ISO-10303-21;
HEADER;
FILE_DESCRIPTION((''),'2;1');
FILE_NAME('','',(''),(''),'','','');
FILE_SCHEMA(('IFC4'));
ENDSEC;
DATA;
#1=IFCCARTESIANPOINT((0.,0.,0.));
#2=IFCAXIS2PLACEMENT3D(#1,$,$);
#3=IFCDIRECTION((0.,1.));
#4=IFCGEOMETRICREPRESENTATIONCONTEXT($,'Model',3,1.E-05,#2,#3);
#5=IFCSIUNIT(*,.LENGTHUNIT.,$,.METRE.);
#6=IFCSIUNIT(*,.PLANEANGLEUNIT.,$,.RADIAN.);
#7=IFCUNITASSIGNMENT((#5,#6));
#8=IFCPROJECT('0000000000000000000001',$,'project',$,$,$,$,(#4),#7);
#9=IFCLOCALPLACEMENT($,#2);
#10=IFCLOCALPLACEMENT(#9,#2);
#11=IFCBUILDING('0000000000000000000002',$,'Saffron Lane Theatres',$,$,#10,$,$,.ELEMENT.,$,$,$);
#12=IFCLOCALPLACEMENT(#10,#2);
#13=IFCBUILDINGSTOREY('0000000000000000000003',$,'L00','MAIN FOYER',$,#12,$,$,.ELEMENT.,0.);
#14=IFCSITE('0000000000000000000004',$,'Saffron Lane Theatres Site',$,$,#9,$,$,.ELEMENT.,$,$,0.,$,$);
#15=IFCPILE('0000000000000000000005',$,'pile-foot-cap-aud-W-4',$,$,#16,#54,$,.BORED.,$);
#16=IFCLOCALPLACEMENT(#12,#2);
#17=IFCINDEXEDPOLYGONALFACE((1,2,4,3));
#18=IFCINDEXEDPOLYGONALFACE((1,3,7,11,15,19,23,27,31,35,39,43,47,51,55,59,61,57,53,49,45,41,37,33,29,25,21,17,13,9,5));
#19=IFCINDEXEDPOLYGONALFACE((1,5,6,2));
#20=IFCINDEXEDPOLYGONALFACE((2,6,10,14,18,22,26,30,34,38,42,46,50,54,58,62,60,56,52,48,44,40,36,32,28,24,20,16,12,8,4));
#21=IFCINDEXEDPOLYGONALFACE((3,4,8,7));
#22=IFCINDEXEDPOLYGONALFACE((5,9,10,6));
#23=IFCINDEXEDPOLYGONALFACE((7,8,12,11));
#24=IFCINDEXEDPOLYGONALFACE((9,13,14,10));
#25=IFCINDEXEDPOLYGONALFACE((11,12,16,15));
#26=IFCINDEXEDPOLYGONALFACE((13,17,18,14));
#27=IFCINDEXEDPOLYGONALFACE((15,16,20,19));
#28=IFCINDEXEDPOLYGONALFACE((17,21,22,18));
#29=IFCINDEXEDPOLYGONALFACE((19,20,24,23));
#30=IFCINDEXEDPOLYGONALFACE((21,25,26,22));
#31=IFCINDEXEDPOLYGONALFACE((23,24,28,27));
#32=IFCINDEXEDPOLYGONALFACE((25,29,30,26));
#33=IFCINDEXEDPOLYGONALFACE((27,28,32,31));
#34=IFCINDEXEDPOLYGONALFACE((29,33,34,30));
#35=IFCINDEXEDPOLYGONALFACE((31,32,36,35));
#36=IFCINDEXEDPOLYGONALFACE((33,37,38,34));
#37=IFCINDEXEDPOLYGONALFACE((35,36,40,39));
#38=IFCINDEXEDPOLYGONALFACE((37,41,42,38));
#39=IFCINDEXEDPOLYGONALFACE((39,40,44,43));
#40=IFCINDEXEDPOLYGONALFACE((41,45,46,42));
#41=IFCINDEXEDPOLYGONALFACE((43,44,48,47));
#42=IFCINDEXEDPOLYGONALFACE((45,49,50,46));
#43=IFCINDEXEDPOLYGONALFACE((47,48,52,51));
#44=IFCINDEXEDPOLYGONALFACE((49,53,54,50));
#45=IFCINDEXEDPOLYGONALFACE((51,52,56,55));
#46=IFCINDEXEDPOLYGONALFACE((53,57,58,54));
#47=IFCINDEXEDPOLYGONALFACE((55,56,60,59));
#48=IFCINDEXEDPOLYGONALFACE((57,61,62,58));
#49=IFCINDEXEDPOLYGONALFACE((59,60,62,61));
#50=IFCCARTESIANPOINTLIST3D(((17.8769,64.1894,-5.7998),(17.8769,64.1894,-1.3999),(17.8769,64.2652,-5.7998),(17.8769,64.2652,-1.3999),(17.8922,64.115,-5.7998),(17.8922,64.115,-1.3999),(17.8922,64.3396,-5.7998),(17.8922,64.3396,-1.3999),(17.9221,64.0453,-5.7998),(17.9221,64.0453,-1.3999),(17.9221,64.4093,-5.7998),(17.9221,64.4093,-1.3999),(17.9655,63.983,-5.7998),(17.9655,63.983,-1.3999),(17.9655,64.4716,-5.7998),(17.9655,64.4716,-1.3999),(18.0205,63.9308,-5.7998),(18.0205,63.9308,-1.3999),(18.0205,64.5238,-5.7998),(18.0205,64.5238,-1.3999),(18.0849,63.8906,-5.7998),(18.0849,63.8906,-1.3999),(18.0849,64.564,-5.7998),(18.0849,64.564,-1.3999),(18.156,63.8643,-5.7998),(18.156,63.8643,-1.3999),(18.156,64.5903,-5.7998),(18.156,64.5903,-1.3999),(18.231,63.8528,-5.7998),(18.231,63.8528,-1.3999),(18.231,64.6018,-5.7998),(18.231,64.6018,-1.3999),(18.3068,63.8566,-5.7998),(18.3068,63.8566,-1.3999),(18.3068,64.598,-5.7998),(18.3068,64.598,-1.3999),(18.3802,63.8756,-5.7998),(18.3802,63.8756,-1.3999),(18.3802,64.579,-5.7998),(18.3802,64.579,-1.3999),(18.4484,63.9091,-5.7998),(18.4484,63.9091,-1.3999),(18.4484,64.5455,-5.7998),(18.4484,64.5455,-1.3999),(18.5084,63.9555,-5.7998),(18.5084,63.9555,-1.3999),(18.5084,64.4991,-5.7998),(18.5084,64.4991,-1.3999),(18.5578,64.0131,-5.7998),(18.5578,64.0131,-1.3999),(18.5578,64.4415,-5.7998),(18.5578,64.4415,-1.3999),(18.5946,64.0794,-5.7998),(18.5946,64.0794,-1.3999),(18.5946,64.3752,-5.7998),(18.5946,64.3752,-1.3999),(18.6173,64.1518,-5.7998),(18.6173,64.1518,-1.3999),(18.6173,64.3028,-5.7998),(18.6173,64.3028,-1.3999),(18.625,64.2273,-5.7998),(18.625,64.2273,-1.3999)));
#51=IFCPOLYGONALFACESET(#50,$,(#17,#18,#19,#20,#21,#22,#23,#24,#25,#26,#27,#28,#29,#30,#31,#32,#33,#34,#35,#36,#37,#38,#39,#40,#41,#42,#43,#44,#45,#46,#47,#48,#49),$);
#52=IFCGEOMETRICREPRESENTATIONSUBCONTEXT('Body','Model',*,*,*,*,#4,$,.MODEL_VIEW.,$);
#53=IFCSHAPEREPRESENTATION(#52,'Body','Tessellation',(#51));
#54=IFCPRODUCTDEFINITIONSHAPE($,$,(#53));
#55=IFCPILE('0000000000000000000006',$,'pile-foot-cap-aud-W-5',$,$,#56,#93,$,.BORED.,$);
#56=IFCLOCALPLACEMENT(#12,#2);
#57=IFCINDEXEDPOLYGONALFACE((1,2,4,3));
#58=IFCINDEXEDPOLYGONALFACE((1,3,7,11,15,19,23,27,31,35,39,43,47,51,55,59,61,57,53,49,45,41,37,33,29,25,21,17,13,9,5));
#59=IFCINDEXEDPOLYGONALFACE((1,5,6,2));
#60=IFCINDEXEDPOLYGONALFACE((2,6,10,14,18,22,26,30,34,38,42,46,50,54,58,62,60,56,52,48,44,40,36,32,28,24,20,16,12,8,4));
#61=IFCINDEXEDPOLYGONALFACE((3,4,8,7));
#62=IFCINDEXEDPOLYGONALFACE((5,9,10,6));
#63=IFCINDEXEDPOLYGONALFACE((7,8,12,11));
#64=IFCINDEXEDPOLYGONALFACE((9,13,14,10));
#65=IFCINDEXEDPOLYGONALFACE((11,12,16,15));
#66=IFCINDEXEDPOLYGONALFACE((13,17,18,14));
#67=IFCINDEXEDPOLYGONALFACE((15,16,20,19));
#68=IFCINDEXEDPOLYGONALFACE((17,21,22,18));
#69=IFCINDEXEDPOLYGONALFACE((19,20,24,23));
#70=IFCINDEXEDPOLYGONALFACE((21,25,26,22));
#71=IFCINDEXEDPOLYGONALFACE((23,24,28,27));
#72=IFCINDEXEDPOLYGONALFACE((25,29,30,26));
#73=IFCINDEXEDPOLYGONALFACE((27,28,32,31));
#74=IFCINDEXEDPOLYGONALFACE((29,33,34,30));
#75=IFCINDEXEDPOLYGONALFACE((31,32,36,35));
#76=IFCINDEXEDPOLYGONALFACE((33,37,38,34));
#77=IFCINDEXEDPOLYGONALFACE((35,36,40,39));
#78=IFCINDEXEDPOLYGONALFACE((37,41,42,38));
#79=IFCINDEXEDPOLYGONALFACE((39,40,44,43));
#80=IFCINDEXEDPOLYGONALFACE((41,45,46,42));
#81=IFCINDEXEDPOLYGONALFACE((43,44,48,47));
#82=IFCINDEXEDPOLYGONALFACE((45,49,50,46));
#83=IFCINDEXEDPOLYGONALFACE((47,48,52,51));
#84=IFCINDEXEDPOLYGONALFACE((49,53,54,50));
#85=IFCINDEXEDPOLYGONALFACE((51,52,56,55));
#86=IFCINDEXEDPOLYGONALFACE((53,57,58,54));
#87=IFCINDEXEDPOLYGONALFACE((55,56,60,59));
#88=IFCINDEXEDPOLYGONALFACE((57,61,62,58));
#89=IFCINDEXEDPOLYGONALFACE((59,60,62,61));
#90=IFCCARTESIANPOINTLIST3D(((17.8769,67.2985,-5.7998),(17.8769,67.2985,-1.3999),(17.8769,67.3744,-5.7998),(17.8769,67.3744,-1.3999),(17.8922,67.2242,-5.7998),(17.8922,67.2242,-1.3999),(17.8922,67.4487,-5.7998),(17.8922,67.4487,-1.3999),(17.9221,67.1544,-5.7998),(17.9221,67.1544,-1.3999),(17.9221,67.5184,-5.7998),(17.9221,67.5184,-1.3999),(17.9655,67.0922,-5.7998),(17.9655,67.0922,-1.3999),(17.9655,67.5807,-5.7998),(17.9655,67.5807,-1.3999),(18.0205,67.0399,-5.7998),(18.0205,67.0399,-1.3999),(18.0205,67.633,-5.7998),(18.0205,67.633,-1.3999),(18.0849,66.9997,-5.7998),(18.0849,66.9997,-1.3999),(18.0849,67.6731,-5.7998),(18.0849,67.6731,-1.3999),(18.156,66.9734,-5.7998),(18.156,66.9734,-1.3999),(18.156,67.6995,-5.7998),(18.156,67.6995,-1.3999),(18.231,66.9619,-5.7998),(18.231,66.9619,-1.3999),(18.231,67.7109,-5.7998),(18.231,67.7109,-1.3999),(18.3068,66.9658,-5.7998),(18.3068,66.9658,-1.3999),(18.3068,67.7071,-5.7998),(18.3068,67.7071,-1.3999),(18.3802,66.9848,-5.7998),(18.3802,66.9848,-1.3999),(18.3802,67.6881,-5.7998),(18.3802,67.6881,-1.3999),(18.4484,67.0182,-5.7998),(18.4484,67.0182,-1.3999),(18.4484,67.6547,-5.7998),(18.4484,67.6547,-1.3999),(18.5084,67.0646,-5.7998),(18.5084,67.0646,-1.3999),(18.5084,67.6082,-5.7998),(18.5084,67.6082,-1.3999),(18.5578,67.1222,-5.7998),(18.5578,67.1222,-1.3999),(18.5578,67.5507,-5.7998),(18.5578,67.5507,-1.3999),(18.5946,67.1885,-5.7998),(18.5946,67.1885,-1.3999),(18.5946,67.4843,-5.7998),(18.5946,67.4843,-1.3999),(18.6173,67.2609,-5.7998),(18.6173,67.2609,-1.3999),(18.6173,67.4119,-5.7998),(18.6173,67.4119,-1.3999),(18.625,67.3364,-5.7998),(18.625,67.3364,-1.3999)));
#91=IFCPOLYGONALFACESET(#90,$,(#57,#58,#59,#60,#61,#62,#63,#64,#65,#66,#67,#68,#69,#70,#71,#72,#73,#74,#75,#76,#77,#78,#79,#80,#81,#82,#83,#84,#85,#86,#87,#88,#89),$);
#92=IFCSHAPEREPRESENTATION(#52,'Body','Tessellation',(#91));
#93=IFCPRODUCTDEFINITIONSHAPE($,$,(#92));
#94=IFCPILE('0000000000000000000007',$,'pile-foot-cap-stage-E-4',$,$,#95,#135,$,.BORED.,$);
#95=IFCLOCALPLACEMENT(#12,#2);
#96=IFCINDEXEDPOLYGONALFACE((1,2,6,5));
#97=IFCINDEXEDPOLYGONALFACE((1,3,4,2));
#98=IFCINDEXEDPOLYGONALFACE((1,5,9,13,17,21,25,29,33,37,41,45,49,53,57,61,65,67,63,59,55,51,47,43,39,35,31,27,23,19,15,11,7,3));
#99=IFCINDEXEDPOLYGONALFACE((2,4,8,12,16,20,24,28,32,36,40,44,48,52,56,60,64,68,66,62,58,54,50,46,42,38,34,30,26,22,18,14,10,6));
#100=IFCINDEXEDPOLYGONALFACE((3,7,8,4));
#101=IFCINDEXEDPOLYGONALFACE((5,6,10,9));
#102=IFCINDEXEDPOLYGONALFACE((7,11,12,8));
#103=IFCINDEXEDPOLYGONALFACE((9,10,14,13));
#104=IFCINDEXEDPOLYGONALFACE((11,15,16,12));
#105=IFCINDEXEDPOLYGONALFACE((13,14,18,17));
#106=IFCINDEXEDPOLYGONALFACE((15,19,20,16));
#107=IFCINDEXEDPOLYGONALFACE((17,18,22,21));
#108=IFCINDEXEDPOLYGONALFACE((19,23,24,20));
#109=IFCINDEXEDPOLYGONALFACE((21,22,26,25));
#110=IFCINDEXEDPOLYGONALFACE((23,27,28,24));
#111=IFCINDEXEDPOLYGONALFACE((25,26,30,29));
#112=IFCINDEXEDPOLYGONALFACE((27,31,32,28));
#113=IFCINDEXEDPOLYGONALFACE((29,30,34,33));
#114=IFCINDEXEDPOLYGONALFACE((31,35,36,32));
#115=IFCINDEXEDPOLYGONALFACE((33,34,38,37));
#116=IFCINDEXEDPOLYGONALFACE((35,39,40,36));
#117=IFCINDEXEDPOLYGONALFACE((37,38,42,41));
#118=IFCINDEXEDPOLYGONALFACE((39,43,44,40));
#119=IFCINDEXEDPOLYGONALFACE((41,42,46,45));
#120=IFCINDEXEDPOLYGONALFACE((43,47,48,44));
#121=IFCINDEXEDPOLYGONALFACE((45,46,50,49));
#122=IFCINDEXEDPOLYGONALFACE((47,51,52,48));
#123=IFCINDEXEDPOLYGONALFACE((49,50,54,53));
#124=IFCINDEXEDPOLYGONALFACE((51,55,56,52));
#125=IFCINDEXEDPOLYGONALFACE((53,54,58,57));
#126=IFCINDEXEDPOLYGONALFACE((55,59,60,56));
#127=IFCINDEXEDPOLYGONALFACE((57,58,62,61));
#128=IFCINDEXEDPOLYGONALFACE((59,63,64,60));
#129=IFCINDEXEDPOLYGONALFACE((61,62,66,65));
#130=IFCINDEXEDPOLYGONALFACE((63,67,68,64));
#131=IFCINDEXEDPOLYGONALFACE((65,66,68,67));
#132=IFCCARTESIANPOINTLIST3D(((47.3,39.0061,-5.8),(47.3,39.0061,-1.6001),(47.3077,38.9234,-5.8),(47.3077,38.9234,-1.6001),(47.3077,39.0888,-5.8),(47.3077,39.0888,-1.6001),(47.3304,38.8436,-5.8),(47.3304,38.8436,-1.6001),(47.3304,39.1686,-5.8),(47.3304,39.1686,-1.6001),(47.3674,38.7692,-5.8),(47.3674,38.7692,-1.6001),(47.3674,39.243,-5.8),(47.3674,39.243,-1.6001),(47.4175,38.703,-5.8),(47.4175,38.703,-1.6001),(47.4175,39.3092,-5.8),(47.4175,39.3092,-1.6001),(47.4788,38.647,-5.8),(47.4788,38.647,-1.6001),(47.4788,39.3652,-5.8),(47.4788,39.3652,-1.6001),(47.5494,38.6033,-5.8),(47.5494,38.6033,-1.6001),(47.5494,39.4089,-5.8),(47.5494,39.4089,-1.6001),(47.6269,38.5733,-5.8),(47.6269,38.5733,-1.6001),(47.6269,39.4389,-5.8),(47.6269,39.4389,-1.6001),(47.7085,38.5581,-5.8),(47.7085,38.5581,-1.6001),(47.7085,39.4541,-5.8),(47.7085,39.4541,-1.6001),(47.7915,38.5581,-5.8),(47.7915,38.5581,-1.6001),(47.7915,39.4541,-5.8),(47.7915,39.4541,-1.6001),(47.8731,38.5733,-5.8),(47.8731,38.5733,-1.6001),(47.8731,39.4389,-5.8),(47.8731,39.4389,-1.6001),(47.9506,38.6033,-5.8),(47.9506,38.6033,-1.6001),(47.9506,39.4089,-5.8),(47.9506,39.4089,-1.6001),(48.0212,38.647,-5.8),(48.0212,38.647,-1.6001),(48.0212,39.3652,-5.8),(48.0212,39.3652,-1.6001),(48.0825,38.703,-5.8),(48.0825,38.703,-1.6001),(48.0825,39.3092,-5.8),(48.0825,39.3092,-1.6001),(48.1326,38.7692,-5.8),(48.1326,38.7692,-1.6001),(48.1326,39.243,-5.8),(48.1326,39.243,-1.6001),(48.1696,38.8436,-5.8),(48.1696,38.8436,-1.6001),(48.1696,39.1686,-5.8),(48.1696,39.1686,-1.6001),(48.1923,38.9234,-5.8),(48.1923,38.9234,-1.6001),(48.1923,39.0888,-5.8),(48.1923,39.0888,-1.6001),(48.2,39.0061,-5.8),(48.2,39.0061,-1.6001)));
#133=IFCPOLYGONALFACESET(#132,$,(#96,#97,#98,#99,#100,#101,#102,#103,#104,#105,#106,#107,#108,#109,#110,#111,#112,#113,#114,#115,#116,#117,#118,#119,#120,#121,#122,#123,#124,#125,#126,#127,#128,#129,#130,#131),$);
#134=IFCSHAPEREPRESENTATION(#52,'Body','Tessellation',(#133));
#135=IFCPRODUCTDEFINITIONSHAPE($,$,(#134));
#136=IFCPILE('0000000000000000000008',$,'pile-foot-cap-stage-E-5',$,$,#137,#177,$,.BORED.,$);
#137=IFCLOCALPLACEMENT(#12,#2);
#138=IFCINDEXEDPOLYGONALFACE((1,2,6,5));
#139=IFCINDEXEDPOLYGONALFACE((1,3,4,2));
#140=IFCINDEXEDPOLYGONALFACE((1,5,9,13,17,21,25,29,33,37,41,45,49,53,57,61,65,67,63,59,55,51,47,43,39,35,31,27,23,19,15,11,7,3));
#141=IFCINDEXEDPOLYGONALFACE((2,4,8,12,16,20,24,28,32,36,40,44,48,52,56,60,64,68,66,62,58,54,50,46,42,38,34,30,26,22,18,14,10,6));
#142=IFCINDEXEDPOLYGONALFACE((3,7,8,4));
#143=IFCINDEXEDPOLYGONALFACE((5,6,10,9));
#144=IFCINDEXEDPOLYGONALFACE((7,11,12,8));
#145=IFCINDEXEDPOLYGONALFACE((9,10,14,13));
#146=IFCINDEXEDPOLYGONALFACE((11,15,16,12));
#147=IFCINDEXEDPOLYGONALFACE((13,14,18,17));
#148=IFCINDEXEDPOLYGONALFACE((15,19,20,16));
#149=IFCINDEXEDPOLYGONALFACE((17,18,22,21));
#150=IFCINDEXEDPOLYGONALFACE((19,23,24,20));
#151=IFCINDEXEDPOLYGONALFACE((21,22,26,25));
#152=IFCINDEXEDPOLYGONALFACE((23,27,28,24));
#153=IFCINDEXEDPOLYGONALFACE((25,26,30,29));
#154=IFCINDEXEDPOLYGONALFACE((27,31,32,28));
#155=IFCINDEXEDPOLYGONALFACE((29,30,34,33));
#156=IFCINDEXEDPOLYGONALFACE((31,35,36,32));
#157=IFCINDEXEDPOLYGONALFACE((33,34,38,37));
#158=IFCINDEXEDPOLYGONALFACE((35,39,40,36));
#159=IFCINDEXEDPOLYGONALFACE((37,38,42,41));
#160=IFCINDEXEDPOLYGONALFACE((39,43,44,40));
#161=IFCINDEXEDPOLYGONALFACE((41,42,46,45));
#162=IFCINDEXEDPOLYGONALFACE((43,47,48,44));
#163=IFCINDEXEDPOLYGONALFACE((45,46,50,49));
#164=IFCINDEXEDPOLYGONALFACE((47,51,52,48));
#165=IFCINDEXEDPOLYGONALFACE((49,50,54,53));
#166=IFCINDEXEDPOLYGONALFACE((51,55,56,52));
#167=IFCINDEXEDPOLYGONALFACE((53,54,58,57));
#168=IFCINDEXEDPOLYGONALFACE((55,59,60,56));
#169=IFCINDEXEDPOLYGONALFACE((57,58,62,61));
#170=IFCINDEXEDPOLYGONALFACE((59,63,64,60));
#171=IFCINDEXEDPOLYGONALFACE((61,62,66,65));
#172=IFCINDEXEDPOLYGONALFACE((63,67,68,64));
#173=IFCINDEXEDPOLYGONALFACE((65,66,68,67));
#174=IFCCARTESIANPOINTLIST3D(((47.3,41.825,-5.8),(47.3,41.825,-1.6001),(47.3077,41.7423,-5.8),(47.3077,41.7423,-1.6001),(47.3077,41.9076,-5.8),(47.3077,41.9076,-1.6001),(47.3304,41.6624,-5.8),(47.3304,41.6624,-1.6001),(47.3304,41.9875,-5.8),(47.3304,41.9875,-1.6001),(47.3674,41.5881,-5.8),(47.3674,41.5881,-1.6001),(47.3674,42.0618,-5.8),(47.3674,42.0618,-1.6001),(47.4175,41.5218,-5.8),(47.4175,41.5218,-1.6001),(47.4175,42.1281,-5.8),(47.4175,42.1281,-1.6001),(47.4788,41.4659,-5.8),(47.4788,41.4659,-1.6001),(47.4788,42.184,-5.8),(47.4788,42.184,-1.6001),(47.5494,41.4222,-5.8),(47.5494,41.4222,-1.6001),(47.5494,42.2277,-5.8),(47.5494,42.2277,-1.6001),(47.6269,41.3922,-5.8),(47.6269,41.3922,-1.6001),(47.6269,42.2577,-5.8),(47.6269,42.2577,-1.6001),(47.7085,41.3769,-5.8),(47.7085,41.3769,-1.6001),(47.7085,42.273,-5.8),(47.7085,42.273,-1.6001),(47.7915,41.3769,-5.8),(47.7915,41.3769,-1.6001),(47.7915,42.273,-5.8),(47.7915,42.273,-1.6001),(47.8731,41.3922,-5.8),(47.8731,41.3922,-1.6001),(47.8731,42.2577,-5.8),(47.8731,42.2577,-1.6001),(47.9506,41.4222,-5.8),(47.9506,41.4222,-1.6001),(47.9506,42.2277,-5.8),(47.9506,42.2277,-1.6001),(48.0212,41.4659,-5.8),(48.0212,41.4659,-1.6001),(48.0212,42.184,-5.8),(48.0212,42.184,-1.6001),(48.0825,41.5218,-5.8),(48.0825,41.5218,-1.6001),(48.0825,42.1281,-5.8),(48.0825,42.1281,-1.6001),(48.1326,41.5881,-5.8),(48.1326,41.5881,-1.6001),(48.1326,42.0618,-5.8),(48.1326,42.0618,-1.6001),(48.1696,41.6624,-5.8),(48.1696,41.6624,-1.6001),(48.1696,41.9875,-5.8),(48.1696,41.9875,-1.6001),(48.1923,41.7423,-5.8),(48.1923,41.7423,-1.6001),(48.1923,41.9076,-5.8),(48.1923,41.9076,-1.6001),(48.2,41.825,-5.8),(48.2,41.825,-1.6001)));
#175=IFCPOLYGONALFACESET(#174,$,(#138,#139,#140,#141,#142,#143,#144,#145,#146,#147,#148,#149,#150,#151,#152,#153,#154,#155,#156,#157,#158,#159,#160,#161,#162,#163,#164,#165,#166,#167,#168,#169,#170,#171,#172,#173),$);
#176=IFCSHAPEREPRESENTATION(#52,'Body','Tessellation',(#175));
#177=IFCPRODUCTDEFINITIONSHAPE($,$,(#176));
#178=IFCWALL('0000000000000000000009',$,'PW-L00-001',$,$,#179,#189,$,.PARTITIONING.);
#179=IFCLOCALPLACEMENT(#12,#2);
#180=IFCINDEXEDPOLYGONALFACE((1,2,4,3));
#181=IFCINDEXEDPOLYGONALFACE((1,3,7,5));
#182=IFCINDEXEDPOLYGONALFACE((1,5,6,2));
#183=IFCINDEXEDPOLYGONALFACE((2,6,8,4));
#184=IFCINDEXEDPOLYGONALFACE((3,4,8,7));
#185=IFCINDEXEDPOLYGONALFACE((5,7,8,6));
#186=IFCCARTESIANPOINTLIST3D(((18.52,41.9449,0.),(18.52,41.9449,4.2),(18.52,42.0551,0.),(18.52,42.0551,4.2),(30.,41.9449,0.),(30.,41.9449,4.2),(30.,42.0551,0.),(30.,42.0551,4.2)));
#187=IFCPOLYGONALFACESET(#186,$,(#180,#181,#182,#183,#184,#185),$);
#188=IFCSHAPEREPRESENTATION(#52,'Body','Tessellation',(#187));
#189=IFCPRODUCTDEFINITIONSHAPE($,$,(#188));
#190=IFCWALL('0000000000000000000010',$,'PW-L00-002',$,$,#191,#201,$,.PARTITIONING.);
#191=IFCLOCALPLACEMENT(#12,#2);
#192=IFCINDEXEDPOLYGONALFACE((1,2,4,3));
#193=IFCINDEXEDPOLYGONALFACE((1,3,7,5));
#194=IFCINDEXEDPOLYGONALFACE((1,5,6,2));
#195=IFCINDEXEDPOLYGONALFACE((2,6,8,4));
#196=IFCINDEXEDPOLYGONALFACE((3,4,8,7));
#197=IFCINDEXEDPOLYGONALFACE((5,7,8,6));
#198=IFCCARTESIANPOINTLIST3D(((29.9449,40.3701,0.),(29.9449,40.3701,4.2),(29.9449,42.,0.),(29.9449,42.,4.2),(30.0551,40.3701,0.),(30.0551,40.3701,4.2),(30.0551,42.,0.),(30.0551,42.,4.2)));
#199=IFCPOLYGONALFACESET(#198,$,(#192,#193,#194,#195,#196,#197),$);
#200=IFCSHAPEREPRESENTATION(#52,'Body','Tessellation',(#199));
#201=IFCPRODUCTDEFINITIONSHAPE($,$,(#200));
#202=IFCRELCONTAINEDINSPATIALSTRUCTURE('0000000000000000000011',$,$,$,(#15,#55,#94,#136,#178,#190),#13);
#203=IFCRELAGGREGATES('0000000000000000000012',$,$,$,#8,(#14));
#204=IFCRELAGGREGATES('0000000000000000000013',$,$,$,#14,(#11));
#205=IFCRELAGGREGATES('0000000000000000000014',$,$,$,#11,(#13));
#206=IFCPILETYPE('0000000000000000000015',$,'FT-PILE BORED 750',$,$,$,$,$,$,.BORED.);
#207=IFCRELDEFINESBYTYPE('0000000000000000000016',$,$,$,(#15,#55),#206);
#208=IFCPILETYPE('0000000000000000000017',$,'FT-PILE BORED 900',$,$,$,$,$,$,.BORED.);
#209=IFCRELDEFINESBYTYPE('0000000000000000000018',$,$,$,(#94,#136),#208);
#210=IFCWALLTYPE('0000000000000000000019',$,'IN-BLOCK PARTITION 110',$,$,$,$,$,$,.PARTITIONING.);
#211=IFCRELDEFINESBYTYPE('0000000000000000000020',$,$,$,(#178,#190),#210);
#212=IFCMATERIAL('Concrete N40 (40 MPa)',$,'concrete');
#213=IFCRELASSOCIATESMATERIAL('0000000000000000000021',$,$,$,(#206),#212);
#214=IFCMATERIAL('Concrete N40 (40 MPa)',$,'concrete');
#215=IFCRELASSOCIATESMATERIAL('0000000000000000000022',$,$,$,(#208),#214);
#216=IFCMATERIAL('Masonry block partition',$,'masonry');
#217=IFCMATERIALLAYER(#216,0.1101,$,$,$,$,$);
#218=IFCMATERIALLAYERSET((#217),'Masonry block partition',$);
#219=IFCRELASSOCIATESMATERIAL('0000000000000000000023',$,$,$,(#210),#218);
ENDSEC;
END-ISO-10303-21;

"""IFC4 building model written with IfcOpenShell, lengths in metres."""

from ifc_helpers import new_model, si_unit, direction, frame, frame_2d, origin, origin_2d, place, context, subcontext, project, spatial, rectangle, circle, extrude, material, layer, layer_set, material_profile, profile_set, type_object, element, save


model = new_model("IFC4")

# Units and contexts
model_context = context("Model", 3, precision=1e-05, world=origin(), true_north=direction((0.0, 1.0)))
body_context = subcontext(model_context, "Body", "Model", "MODEL_VIEW")
ifc_project = project(units=[si_unit("LENGTHUNIT", "METRE"), si_unit("PLANEANGLEUNIT", "RADIAN")], contexts=[model_context])

# Site, building, storey
site_placement = place(None, origin())
site = spatial("IfcSite", under=ifc_project, at=site_placement, Name="Saffron Lane Theatres Site", CompositionType="ELEMENT", RefElevation=0.0)
building_placement = place(site_placement, origin())
building = spatial("IfcBuilding", under=site, at=building_placement, Name="Saffron Lane Theatres", CompositionType="ELEMENT")
storey_placement = place(building_placement, origin())
storey = spatial("IfcBuildingStorey", under=building, at=storey_placement, Name="L00", Description="MAIN FOYER", CompositionType="ELEMENT", Elevation=0.0)

# Piles
ifc_material_1 = material(Name="Concrete N40 (40 MPa)", Category="concrete")
ifc_material_profile_1 = material_profile(ifc_material_1, circle(Radius=0.375, at=origin_2d()))
ifc_profile_set_1 = profile_set([ifc_material_profile_1], Name="Concrete N40 (40 MPa)")
pile_type_1 = type_object("IfcPileType", Name="FT-PILE BORED 750", PredefinedType="BORED", material=ifc_profile_set_1)
for number, where, z_axis, x_axis, name in (
    (1, (18.25, 64.2273, -1.3999), (0.0, 0.0, -1.0), (1.0, 0.0, 0.0), "pile-foot-cap-aud-W-4"),
    (2, (18.25, 67.3364, -1.3999), (0.0, 0.0, -1.0), (1.0, 0.0, 0.0), "pile-foot-cap-aud-W-5"),
):
    element("IfcPile", number, at=place(storey_placement, frame(where, z_axis=z_axis, x_axis=x_axis)), inside=storey, type_object=pile_type_1, Name=name, PredefinedType="BORED", context=body_context, shape_type="SweptSolid", body=[
        extrude(circle(Radius=0.375, at=origin_2d()), origin(), (0.0, 0.0, 1.0), 4.3999),
    ])
ifc_material_2 = material(Name="Concrete N40 (40 MPa)", Category="concrete")
ifc_material_profile_2 = material_profile(ifc_material_2, circle(Radius=0.45, at=origin_2d()))
ifc_profile_set_2 = profile_set([ifc_material_profile_2], Name="Concrete N40 (40 MPa)")
pile_type_2 = type_object("IfcPileType", Name="FT-PILE BORED 900", PredefinedType="BORED", material=ifc_profile_set_2)
for number, where, z_axis, x_axis, name in (
    (3, (47.75, 39.0061, -1.6001), (0.0, 0.0, -1.0), (1.0, 0.0, 0.0), "pile-foot-cap-stage-E-4"),
    (4, (47.75, 41.825, -1.6001), (0.0, 0.0, -1.0), (1.0, 0.0, 0.0), "pile-foot-cap-stage-E-5"),
):
    element("IfcPile", number, at=place(storey_placement, frame(where, z_axis=z_axis, x_axis=x_axis)), inside=storey, type_object=pile_type_2, Name=name, PredefinedType="BORED", context=body_context, shape_type="SweptSolid", body=[
        extrude(circle(Radius=0.45, at=origin_2d()), origin(), (0.0, 0.0, 1.0), 4.2),
    ])

# Walls
ifc_material_3 = material(Name="Masonry block partition", Category="masonry")
ifc_layer_1 = layer(ifc_material_3, 0.1101)
ifc_layer_set_1 = layer_set([ifc_layer_1], Name="Masonry block partition")
wall_type_1 = type_object("IfcWallType", Name="IN-BLOCK PARTITION 110", PredefinedType="PARTITIONING", material=ifc_layer_set_1)
wall_1_placement = place(storey_placement, frame((18.52, 42.0, 0.0), z_axis=(0.0, 0.0, 1.0), x_axis=(1.0, 0.0, 0.0)))
element("IfcWall", 5, at=wall_1_placement, inside=storey, type_object=wall_type_1, Name="PW-L00-001", PredefinedType="PARTITIONING", context=body_context, shape_type="SweptSolid", body=[
    extrude(rectangle(XDim=11.48, YDim=0.1101, at=frame_2d((5.74, 0.0))), origin(), (0.0, 0.0, 1.0), 4.2),
])
wall_2_placement = place(storey_placement, frame((30.0, 40.3701, 0.0), z_axis=(0.0, 0.0, 1.0), x_axis=(0.0, 1.0, 0.0)))
element("IfcWall", 6, at=wall_2_placement, inside=storey, type_object=wall_type_1, Name="PW-L00-002", PredefinedType="PARTITIONING", context=body_context, shape_type="SweptSolid", body=[
    extrude(rectangle(XDim=1.6299, YDim=0.1101, at=frame_2d((0.8149, 0.0))), origin(), (0.0, 0.0, 1.0), 4.2),
])

save(model, "model.ifc")
